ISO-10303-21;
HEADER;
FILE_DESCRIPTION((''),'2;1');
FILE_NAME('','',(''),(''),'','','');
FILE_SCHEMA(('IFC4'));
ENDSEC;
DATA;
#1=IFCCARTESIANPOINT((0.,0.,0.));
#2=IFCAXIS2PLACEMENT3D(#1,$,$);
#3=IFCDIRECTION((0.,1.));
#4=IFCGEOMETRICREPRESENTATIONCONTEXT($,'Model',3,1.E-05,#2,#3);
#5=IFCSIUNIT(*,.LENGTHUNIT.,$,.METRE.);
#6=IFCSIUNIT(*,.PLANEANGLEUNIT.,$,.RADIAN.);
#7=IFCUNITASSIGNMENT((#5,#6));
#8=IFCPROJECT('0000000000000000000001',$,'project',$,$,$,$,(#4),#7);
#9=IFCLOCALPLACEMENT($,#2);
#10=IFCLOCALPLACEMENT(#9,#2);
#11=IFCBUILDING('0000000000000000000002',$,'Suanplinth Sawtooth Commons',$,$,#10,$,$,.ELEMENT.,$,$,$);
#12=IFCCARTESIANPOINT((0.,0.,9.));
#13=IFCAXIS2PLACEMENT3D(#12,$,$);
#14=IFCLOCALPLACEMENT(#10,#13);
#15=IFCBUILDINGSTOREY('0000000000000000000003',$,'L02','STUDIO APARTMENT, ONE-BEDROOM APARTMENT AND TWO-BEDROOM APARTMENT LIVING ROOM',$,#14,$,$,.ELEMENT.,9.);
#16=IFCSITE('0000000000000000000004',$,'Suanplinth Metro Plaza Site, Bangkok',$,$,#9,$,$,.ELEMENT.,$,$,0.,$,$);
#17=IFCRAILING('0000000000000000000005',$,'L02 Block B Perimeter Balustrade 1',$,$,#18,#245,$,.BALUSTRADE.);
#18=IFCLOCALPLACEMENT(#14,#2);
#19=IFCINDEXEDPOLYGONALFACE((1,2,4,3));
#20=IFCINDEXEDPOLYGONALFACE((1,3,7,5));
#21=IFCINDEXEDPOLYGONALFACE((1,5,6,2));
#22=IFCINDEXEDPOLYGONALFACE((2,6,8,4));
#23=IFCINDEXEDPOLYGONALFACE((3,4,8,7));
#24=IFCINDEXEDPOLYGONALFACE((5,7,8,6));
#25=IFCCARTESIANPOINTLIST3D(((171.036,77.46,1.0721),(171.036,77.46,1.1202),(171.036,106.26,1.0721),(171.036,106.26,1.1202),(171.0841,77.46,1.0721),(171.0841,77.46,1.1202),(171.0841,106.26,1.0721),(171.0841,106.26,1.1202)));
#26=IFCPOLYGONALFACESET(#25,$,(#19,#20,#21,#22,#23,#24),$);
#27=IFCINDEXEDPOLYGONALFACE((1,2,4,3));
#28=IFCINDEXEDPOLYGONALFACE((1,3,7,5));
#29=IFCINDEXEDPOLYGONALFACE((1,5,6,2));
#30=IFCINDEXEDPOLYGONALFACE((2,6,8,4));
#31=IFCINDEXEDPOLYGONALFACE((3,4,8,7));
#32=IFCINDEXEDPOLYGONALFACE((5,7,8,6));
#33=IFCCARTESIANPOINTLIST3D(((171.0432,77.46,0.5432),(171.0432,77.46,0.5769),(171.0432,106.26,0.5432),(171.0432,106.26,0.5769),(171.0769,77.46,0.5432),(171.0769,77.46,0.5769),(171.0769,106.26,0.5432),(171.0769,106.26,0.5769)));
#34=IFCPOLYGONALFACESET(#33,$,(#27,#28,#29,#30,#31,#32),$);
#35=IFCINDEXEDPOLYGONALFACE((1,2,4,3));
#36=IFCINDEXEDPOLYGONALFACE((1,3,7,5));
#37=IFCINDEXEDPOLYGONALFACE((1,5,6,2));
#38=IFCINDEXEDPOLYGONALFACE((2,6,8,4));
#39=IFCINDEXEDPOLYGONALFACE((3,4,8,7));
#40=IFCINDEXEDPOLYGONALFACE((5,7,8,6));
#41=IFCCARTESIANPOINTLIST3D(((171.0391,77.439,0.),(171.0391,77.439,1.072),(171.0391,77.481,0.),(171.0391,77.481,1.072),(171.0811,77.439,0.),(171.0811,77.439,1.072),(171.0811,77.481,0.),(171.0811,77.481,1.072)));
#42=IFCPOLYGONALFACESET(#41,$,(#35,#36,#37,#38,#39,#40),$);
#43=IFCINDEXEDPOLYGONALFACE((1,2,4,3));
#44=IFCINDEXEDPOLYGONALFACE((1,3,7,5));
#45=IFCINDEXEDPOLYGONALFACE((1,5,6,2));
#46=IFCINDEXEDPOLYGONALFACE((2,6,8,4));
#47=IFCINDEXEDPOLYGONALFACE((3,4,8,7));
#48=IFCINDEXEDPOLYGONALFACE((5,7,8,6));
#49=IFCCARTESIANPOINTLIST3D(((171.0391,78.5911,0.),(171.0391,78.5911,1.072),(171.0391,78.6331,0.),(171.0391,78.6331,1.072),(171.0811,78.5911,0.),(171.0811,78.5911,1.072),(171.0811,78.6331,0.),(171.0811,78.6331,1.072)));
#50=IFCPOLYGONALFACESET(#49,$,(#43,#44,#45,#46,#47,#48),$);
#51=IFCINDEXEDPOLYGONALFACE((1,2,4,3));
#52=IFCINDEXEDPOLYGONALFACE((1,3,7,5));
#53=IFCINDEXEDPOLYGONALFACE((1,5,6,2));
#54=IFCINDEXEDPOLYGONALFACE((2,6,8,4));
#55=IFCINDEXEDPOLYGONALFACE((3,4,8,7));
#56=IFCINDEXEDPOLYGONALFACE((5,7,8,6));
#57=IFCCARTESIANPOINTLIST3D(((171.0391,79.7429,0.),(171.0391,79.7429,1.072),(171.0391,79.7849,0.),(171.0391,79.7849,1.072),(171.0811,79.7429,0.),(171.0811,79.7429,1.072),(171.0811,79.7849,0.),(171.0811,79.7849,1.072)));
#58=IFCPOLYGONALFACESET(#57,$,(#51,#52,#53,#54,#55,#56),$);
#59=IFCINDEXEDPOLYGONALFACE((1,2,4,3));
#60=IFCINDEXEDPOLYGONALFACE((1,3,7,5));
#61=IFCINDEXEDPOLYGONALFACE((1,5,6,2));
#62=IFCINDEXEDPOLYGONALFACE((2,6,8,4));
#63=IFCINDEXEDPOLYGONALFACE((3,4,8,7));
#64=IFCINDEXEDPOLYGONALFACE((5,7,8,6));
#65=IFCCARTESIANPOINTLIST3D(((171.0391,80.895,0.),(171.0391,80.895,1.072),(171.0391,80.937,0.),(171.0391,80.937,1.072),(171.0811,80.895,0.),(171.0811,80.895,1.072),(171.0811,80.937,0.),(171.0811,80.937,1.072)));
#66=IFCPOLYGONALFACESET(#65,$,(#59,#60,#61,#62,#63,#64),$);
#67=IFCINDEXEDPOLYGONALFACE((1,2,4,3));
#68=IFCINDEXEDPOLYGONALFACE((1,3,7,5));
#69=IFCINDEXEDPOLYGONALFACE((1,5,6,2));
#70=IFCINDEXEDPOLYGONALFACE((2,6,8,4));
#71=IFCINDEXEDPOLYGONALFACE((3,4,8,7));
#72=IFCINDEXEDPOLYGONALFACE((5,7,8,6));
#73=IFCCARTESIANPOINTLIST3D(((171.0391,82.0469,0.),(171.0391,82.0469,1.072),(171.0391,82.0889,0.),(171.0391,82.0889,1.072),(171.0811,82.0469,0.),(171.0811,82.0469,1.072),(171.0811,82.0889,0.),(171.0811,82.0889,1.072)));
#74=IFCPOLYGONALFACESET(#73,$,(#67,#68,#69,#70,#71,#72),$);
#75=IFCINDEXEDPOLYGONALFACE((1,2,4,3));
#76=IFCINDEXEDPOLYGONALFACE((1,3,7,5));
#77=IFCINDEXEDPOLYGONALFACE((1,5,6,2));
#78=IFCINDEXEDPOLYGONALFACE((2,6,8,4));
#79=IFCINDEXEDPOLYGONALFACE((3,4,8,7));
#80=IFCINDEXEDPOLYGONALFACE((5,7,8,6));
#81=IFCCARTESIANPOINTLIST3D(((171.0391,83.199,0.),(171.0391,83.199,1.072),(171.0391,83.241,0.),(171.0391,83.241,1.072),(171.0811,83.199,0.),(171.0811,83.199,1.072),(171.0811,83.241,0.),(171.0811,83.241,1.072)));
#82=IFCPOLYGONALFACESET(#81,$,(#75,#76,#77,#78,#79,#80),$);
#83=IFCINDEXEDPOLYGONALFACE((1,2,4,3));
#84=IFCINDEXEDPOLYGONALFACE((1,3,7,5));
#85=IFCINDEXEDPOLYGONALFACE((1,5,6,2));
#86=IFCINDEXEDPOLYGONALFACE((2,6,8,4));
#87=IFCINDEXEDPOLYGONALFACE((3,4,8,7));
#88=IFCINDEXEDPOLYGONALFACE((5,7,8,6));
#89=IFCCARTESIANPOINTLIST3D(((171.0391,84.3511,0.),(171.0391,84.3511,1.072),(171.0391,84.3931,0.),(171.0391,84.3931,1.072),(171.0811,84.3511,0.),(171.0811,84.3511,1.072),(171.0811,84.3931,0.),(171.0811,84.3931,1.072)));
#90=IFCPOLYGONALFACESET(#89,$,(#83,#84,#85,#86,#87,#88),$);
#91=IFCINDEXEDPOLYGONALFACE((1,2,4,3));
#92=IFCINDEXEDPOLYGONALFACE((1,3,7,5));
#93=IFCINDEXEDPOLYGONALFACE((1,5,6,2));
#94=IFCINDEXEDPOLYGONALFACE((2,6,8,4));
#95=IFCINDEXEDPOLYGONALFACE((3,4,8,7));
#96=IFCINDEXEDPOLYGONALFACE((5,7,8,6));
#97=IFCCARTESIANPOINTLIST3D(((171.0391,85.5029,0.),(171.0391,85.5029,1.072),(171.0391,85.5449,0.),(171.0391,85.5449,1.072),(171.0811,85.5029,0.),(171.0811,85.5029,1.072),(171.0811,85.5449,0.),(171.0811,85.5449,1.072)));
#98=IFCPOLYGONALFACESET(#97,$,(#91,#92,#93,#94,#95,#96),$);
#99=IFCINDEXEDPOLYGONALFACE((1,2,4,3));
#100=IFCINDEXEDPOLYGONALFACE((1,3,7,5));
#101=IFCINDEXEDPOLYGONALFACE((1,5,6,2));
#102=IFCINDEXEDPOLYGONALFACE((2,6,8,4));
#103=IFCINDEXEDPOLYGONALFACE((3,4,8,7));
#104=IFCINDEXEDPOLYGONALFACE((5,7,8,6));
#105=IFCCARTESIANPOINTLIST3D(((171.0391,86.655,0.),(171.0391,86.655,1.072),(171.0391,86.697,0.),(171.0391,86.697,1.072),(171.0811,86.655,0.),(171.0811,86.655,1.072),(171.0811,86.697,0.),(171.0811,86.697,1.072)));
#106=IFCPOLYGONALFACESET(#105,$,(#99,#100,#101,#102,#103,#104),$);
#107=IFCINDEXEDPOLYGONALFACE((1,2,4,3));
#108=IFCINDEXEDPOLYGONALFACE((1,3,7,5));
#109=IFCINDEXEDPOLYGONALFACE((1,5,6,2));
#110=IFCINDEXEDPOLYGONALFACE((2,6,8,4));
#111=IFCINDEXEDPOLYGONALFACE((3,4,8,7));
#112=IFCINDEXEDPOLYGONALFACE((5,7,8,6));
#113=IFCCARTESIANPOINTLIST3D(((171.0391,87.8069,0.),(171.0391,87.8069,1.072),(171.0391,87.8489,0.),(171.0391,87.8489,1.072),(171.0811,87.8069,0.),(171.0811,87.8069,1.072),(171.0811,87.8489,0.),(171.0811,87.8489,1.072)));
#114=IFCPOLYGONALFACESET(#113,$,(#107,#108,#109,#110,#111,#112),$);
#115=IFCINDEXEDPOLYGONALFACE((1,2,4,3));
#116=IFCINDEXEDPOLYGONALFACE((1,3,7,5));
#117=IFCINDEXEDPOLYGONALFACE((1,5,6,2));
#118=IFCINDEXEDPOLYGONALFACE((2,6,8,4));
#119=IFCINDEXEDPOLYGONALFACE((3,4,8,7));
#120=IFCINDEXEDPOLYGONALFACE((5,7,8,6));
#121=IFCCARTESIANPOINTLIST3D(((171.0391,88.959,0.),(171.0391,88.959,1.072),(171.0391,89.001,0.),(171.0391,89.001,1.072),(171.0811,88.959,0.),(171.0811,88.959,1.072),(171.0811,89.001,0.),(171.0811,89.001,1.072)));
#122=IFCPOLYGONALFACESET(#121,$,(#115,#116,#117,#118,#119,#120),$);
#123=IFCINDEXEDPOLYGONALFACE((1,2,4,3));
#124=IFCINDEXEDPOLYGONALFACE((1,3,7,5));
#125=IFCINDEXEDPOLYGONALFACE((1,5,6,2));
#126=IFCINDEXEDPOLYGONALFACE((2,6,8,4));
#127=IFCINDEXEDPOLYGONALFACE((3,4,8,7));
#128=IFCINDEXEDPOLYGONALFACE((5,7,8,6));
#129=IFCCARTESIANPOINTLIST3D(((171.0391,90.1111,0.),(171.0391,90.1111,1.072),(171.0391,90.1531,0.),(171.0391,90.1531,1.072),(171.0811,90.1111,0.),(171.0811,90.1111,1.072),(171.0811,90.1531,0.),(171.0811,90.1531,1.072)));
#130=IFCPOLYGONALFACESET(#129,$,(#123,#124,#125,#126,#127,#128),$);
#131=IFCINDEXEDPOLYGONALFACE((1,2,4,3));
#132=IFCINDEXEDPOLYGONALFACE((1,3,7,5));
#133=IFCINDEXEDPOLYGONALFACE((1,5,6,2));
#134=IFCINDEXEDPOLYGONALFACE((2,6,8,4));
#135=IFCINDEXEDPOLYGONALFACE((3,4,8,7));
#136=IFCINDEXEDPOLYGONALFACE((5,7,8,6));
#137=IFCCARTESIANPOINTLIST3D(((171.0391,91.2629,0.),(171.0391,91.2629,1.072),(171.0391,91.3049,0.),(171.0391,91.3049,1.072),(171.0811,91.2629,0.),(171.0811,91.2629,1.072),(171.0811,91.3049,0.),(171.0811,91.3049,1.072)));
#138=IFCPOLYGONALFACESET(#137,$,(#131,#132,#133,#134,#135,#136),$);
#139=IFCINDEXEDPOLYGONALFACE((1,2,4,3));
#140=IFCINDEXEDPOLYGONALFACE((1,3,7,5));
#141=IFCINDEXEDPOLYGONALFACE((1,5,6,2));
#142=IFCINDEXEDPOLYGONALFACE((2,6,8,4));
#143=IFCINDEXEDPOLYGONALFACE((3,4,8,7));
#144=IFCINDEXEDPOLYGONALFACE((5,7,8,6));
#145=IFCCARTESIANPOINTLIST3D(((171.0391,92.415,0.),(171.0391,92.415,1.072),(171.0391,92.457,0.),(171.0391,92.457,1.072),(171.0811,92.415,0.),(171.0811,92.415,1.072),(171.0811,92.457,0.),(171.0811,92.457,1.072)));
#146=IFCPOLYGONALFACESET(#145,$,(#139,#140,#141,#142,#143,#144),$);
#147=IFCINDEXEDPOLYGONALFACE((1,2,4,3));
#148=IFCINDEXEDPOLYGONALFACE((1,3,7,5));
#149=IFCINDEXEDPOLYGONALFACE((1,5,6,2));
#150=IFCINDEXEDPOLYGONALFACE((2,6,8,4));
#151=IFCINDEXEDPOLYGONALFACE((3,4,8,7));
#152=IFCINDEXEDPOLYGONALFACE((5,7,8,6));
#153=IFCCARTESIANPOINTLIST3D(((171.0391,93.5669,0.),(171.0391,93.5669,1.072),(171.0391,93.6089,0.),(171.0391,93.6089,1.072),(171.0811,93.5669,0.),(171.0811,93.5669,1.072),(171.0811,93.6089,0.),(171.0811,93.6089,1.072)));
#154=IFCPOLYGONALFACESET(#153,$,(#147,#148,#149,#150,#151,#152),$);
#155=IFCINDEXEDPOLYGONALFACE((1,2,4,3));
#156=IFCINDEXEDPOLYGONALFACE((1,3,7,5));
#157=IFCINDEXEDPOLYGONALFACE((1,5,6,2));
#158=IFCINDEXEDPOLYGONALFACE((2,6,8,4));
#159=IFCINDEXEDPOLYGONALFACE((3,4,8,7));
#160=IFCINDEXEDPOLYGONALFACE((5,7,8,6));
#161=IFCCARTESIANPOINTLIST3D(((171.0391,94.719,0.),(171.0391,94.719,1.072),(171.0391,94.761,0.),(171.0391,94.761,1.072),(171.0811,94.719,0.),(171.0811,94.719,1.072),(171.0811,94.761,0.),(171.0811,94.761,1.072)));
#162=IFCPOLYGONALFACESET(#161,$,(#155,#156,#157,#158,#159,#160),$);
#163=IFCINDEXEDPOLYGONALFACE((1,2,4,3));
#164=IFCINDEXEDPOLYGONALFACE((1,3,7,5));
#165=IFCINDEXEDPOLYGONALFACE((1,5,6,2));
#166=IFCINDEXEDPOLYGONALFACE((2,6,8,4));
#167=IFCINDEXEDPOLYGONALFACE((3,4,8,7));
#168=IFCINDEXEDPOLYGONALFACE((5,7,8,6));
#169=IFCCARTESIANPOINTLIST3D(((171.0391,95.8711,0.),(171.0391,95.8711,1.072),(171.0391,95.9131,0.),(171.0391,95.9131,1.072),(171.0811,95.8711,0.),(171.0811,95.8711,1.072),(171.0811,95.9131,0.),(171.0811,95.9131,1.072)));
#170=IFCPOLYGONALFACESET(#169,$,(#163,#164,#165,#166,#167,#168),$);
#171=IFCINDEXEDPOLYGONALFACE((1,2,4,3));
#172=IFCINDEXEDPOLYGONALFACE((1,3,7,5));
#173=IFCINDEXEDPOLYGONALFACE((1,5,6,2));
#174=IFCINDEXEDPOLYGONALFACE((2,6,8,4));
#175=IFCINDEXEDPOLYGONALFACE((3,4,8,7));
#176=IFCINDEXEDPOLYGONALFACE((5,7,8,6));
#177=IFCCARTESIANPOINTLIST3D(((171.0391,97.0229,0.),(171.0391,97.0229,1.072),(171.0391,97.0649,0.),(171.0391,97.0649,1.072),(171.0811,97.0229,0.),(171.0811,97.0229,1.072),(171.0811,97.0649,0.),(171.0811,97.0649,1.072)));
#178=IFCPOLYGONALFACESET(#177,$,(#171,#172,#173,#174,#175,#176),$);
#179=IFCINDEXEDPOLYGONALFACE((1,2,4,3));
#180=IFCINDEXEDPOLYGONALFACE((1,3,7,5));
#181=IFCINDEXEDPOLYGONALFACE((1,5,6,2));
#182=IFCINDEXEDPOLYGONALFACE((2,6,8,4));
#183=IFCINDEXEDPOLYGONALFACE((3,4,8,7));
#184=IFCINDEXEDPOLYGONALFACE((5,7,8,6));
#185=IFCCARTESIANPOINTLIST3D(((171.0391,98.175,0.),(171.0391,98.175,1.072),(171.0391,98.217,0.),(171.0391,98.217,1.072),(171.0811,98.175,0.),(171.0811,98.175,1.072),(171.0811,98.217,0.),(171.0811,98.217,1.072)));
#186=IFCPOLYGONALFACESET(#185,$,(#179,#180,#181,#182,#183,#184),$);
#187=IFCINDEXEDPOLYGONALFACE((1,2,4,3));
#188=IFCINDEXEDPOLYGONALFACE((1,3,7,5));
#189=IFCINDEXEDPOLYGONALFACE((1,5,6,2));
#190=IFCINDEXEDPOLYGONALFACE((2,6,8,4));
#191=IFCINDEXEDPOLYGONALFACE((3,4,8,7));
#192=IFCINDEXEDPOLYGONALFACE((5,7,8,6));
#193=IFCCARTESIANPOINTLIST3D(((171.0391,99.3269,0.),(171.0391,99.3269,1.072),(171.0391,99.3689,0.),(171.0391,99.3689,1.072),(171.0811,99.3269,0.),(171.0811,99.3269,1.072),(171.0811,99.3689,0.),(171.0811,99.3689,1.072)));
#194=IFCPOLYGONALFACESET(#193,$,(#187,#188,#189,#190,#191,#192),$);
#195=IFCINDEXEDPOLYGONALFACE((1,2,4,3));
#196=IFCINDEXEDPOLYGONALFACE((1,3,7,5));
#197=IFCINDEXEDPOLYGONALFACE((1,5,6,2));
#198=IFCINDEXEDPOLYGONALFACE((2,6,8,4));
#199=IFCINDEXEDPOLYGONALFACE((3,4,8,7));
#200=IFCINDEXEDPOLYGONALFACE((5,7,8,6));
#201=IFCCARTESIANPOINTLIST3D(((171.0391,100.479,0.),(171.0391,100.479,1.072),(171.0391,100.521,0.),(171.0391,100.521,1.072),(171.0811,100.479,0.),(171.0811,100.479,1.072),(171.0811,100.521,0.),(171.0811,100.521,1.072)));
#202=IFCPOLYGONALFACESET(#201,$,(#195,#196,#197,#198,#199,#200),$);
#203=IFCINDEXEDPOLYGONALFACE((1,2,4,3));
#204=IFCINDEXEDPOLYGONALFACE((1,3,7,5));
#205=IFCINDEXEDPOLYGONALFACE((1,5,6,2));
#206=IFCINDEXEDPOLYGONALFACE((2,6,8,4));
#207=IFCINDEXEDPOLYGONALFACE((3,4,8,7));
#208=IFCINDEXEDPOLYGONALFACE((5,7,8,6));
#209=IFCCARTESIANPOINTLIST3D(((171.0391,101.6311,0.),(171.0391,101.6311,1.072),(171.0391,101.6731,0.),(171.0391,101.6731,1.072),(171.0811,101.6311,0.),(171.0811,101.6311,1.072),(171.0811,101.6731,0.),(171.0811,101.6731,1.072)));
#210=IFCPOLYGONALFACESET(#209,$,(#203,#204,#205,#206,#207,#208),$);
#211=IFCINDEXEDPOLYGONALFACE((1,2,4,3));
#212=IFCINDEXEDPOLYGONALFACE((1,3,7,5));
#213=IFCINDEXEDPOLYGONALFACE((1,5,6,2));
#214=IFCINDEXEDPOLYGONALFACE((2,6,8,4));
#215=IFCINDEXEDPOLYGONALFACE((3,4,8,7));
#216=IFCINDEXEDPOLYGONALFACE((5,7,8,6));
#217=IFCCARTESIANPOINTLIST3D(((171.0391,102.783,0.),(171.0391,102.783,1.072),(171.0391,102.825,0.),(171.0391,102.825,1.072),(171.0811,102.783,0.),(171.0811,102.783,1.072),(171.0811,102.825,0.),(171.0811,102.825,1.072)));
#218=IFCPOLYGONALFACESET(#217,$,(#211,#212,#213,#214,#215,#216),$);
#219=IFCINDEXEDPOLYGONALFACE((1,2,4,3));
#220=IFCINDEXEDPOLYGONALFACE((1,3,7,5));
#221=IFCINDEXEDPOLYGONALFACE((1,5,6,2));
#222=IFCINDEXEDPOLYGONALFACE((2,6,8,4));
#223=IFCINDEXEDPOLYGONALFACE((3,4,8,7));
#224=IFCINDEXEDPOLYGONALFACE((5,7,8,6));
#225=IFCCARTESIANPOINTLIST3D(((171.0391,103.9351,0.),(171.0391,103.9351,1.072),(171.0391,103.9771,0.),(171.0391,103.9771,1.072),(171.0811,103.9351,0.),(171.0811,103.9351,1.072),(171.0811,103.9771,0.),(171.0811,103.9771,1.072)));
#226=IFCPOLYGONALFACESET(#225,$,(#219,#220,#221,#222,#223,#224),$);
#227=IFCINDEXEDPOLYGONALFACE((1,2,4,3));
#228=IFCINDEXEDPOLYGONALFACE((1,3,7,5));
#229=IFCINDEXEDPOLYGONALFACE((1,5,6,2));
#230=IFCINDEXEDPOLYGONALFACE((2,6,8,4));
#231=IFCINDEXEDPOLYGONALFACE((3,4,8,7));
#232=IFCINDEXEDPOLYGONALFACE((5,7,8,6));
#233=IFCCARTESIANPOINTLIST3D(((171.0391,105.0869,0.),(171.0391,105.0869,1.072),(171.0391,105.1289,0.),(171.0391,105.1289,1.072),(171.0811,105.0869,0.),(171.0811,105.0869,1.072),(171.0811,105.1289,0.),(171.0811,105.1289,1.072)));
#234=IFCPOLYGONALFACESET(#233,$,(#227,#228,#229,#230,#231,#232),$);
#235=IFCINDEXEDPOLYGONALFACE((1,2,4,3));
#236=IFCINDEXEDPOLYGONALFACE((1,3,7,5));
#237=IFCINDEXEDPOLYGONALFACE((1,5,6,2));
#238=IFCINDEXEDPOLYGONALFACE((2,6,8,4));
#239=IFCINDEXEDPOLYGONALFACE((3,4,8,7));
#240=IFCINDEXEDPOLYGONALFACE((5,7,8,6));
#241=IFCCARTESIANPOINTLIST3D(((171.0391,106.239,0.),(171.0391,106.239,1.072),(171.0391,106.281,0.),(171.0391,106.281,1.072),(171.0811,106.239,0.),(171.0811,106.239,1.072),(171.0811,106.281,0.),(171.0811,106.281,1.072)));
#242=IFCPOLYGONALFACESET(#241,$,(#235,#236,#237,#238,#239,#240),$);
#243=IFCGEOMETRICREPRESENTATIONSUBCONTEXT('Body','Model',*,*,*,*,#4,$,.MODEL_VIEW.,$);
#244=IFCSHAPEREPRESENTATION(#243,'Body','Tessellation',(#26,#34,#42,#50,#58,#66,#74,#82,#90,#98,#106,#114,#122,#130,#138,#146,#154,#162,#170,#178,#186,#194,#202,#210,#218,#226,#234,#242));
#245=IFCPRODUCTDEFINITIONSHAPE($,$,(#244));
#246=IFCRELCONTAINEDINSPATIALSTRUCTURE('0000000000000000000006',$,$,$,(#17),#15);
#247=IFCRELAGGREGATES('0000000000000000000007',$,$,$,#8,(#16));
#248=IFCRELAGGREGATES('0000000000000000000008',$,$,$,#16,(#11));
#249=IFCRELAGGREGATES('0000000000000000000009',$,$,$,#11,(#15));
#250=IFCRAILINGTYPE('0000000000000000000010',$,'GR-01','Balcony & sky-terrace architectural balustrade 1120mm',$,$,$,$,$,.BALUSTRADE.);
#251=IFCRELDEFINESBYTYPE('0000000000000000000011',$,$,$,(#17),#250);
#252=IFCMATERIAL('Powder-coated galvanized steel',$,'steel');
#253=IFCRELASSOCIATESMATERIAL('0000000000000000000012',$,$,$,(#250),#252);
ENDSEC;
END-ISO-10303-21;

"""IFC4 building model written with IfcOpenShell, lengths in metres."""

from ifc_helpers import new_model, si_unit, direction, frame, origin, origin_2d, place, context, subcontext, project, spatial, rectangle, extrude, material, type_object, element, save


model = new_model("IFC4")

# Units and contexts
model_context = context("Model", 3, precision=1e-05, world=origin(), true_north=direction((0.0, 1.0)))
body_context = subcontext(model_context, "Body", "Model", "MODEL_VIEW")
ifc_project = project(units=[si_unit("LENGTHUNIT", "METRE"), si_unit("PLANEANGLEUNIT", "RADIAN")], contexts=[model_context])

# Site, building, storey
site_placement = place(None, origin())
site = spatial("IfcSite", under=ifc_project, at=site_placement, Name="Suanplinth Metro Plaza Site, Bangkok", CompositionType="ELEMENT", RefElevation=0.0)
building_placement = place(site_placement, origin())
building = spatial("IfcBuilding", under=site, at=building_placement, Name="Suanplinth Sawtooth Commons", CompositionType="ELEMENT")
storey_placement = place(building_placement, frame((0.0, 0.0, 9.0)))
storey = spatial("IfcBuildingStorey", under=building, at=storey_placement, Name="L02", Description="STUDIO APARTMENT, ONE-BEDROOM APARTMENT AND TWO-BEDROOM APARTMENT LIVING ROOM", CompositionType="ELEMENT", Elevation=9.0)

# Railing
ifc_material_1 = material(Name="Powder-coated galvanized steel", Category="steel")
railing_type = type_object("IfcRailingType", Name="GR-01", Description="Balcony & sky-terrace architectural balustrade 1120mm", PredefinedType="BALUSTRADE", material=ifc_material_1)
railing_placement = place(storey_placement, frame((171.0601, 77.46, 0.0)))
element("IfcRailing", 1, at=railing_placement, inside=storey, type_object=railing_type, Name="L02 Block B Perimeter Balustrade 1", PredefinedType="BALUSTRADE", context=body_context, shape_type="SweptSolid", body=[
    extrude(rectangle(XDim=0.0481, YDim=0.0481, at=origin_2d()), frame((0.0, 0.0, 1.0962), z_axis=(0.0, 1.0, 0.0), x_axis=(-1.0, 0.0, 0.0)), (0.0, 0.0, 1.0), 28.8),
    extrude(rectangle(XDim=0.0337, YDim=0.0337, at=origin_2d()), frame((0.0, 0.0, 0.5601), z_axis=(0.0, 1.0, 0.0), x_axis=(-1.0, 0.0, 0.0)), (0.0, 0.0, 1.0), 28.8),
    extrude(rectangle(XDim=0.042, YDim=0.042, at=origin_2d()), origin(), (0.0, 0.0, 1.0), 1.072),
    extrude(rectangle(XDim=0.042, YDim=0.042, at=origin_2d()), frame((0.0, 1.1521, 0.0)), (0.0, 0.0, 1.0), 1.072),
    extrude(rectangle(XDim=0.042, YDim=0.042, at=origin_2d()), frame((0.0, 2.304, 0.0)), (0.0, 0.0, 1.0), 1.072),
    extrude(rectangle(XDim=0.042, YDim=0.042, at=origin_2d()), frame((0.0, 3.4561, 0.0)), (0.0, 0.0, 1.0), 1.072),
    extrude(rectangle(XDim=0.042, YDim=0.042, at=origin_2d()), frame((0.0, 4.6079, 0.0)), (0.0, 0.0, 1.0), 1.072),
    extrude(rectangle(XDim=0.042, YDim=0.042, at=origin_2d()), frame((0.0, 5.76, 0.0)), (0.0, 0.0, 1.0), 1.072),
    extrude(rectangle(XDim=0.042, YDim=0.042, at=origin_2d()), frame((0.0, 6.9121, 0.0)), (0.0, 0.0, 1.0), 1.072),
    extrude(rectangle(XDim=0.042, YDim=0.042, at=origin_2d()), frame((0.0, 8.064, 0.0)), (0.0, 0.0, 1.0), 1.072),
    extrude(rectangle(XDim=0.042, YDim=0.042, at=origin_2d()), frame((0.0, 9.2161, 0.0)), (0.0, 0.0, 1.0), 1.072),
    extrude(rectangle(XDim=0.042, YDim=0.042, at=origin_2d()), frame((0.0, 10.3679, 0.0)), (0.0, 0.0, 1.0), 1.072),
    extrude(rectangle(XDim=0.042, YDim=0.042, at=origin_2d()), frame((0.0, 11.52, 0.0)), (0.0, 0.0, 1.0), 1.072),
    extrude(rectangle(XDim=0.042, YDim=0.042, at=origin_2d()), frame((0.0, 12.6721, 0.0)), (0.0, 0.0, 1.0), 1.072),
    extrude(rectangle(XDim=0.042, YDim=0.042, at=origin_2d()), frame((0.0, 13.824, 0.0)), (0.0, 0.0, 1.0), 1.072),
    extrude(rectangle(XDim=0.042, YDim=0.042, at=origin_2d()), frame((0.0, 14.9761, 0.0)), (0.0, 0.0, 1.0), 1.072),
    extrude(rectangle(XDim=0.042, YDim=0.042, at=origin_2d()), frame((0.0, 16.1279, 0.0)), (0.0, 0.0, 1.0), 1.072),
    extrude(rectangle(XDim=0.042, YDim=0.042, at=origin_2d()), frame((0.0, 17.28, 0.0)), (0.0, 0.0, 1.0), 1.072),
    extrude(rectangle(XDim=0.042, YDim=0.042, at=origin_2d()), frame((0.0, 18.4321, 0.0)), (0.0, 0.0, 1.0), 1.072),
    extrude(rectangle(XDim=0.042, YDim=0.042, at=origin_2d()), frame((0.0, 19.584, 0.0)), (0.0, 0.0, 1.0), 1.072),
    extrude(rectangle(XDim=0.042, YDim=0.042, at=origin_2d()), frame((0.0, 20.7361, 0.0)), (0.0, 0.0, 1.0), 1.072),
    extrude(rectangle(XDim=0.042, YDim=0.042, at=origin_2d()), frame((0.0, 21.8879, 0.0)), (0.0, 0.0, 1.0), 1.072),
    extrude(rectangle(XDim=0.042, YDim=0.042, at=origin_2d()), frame((0.0, 23.04, 0.0)), (0.0, 0.0, 1.0), 1.072),
    extrude(rectangle(XDim=0.042, YDim=0.042, at=origin_2d()), frame((0.0, 24.1921, 0.0)), (0.0, 0.0, 1.0), 1.072),
    extrude(rectangle(XDim=0.042, YDim=0.042, at=origin_2d()), frame((0.0, 25.344, 0.0)), (0.0, 0.0, 1.0), 1.072),
    extrude(rectangle(XDim=0.042, YDim=0.042, at=origin_2d()), frame((0.0, 26.4961, 0.0)), (0.0, 0.0, 1.0), 1.072),
    extrude(rectangle(XDim=0.042, YDim=0.042, at=origin_2d()), frame((0.0, 27.6479, 0.0)), (0.0, 0.0, 1.0), 1.072),
    extrude(rectangle(XDim=0.042, YDim=0.042, at=origin_2d()), frame((0.0, 28.8, 0.0)), (0.0, 0.0, 1.0), 1.072),
])

save(model, "model.ifc")
